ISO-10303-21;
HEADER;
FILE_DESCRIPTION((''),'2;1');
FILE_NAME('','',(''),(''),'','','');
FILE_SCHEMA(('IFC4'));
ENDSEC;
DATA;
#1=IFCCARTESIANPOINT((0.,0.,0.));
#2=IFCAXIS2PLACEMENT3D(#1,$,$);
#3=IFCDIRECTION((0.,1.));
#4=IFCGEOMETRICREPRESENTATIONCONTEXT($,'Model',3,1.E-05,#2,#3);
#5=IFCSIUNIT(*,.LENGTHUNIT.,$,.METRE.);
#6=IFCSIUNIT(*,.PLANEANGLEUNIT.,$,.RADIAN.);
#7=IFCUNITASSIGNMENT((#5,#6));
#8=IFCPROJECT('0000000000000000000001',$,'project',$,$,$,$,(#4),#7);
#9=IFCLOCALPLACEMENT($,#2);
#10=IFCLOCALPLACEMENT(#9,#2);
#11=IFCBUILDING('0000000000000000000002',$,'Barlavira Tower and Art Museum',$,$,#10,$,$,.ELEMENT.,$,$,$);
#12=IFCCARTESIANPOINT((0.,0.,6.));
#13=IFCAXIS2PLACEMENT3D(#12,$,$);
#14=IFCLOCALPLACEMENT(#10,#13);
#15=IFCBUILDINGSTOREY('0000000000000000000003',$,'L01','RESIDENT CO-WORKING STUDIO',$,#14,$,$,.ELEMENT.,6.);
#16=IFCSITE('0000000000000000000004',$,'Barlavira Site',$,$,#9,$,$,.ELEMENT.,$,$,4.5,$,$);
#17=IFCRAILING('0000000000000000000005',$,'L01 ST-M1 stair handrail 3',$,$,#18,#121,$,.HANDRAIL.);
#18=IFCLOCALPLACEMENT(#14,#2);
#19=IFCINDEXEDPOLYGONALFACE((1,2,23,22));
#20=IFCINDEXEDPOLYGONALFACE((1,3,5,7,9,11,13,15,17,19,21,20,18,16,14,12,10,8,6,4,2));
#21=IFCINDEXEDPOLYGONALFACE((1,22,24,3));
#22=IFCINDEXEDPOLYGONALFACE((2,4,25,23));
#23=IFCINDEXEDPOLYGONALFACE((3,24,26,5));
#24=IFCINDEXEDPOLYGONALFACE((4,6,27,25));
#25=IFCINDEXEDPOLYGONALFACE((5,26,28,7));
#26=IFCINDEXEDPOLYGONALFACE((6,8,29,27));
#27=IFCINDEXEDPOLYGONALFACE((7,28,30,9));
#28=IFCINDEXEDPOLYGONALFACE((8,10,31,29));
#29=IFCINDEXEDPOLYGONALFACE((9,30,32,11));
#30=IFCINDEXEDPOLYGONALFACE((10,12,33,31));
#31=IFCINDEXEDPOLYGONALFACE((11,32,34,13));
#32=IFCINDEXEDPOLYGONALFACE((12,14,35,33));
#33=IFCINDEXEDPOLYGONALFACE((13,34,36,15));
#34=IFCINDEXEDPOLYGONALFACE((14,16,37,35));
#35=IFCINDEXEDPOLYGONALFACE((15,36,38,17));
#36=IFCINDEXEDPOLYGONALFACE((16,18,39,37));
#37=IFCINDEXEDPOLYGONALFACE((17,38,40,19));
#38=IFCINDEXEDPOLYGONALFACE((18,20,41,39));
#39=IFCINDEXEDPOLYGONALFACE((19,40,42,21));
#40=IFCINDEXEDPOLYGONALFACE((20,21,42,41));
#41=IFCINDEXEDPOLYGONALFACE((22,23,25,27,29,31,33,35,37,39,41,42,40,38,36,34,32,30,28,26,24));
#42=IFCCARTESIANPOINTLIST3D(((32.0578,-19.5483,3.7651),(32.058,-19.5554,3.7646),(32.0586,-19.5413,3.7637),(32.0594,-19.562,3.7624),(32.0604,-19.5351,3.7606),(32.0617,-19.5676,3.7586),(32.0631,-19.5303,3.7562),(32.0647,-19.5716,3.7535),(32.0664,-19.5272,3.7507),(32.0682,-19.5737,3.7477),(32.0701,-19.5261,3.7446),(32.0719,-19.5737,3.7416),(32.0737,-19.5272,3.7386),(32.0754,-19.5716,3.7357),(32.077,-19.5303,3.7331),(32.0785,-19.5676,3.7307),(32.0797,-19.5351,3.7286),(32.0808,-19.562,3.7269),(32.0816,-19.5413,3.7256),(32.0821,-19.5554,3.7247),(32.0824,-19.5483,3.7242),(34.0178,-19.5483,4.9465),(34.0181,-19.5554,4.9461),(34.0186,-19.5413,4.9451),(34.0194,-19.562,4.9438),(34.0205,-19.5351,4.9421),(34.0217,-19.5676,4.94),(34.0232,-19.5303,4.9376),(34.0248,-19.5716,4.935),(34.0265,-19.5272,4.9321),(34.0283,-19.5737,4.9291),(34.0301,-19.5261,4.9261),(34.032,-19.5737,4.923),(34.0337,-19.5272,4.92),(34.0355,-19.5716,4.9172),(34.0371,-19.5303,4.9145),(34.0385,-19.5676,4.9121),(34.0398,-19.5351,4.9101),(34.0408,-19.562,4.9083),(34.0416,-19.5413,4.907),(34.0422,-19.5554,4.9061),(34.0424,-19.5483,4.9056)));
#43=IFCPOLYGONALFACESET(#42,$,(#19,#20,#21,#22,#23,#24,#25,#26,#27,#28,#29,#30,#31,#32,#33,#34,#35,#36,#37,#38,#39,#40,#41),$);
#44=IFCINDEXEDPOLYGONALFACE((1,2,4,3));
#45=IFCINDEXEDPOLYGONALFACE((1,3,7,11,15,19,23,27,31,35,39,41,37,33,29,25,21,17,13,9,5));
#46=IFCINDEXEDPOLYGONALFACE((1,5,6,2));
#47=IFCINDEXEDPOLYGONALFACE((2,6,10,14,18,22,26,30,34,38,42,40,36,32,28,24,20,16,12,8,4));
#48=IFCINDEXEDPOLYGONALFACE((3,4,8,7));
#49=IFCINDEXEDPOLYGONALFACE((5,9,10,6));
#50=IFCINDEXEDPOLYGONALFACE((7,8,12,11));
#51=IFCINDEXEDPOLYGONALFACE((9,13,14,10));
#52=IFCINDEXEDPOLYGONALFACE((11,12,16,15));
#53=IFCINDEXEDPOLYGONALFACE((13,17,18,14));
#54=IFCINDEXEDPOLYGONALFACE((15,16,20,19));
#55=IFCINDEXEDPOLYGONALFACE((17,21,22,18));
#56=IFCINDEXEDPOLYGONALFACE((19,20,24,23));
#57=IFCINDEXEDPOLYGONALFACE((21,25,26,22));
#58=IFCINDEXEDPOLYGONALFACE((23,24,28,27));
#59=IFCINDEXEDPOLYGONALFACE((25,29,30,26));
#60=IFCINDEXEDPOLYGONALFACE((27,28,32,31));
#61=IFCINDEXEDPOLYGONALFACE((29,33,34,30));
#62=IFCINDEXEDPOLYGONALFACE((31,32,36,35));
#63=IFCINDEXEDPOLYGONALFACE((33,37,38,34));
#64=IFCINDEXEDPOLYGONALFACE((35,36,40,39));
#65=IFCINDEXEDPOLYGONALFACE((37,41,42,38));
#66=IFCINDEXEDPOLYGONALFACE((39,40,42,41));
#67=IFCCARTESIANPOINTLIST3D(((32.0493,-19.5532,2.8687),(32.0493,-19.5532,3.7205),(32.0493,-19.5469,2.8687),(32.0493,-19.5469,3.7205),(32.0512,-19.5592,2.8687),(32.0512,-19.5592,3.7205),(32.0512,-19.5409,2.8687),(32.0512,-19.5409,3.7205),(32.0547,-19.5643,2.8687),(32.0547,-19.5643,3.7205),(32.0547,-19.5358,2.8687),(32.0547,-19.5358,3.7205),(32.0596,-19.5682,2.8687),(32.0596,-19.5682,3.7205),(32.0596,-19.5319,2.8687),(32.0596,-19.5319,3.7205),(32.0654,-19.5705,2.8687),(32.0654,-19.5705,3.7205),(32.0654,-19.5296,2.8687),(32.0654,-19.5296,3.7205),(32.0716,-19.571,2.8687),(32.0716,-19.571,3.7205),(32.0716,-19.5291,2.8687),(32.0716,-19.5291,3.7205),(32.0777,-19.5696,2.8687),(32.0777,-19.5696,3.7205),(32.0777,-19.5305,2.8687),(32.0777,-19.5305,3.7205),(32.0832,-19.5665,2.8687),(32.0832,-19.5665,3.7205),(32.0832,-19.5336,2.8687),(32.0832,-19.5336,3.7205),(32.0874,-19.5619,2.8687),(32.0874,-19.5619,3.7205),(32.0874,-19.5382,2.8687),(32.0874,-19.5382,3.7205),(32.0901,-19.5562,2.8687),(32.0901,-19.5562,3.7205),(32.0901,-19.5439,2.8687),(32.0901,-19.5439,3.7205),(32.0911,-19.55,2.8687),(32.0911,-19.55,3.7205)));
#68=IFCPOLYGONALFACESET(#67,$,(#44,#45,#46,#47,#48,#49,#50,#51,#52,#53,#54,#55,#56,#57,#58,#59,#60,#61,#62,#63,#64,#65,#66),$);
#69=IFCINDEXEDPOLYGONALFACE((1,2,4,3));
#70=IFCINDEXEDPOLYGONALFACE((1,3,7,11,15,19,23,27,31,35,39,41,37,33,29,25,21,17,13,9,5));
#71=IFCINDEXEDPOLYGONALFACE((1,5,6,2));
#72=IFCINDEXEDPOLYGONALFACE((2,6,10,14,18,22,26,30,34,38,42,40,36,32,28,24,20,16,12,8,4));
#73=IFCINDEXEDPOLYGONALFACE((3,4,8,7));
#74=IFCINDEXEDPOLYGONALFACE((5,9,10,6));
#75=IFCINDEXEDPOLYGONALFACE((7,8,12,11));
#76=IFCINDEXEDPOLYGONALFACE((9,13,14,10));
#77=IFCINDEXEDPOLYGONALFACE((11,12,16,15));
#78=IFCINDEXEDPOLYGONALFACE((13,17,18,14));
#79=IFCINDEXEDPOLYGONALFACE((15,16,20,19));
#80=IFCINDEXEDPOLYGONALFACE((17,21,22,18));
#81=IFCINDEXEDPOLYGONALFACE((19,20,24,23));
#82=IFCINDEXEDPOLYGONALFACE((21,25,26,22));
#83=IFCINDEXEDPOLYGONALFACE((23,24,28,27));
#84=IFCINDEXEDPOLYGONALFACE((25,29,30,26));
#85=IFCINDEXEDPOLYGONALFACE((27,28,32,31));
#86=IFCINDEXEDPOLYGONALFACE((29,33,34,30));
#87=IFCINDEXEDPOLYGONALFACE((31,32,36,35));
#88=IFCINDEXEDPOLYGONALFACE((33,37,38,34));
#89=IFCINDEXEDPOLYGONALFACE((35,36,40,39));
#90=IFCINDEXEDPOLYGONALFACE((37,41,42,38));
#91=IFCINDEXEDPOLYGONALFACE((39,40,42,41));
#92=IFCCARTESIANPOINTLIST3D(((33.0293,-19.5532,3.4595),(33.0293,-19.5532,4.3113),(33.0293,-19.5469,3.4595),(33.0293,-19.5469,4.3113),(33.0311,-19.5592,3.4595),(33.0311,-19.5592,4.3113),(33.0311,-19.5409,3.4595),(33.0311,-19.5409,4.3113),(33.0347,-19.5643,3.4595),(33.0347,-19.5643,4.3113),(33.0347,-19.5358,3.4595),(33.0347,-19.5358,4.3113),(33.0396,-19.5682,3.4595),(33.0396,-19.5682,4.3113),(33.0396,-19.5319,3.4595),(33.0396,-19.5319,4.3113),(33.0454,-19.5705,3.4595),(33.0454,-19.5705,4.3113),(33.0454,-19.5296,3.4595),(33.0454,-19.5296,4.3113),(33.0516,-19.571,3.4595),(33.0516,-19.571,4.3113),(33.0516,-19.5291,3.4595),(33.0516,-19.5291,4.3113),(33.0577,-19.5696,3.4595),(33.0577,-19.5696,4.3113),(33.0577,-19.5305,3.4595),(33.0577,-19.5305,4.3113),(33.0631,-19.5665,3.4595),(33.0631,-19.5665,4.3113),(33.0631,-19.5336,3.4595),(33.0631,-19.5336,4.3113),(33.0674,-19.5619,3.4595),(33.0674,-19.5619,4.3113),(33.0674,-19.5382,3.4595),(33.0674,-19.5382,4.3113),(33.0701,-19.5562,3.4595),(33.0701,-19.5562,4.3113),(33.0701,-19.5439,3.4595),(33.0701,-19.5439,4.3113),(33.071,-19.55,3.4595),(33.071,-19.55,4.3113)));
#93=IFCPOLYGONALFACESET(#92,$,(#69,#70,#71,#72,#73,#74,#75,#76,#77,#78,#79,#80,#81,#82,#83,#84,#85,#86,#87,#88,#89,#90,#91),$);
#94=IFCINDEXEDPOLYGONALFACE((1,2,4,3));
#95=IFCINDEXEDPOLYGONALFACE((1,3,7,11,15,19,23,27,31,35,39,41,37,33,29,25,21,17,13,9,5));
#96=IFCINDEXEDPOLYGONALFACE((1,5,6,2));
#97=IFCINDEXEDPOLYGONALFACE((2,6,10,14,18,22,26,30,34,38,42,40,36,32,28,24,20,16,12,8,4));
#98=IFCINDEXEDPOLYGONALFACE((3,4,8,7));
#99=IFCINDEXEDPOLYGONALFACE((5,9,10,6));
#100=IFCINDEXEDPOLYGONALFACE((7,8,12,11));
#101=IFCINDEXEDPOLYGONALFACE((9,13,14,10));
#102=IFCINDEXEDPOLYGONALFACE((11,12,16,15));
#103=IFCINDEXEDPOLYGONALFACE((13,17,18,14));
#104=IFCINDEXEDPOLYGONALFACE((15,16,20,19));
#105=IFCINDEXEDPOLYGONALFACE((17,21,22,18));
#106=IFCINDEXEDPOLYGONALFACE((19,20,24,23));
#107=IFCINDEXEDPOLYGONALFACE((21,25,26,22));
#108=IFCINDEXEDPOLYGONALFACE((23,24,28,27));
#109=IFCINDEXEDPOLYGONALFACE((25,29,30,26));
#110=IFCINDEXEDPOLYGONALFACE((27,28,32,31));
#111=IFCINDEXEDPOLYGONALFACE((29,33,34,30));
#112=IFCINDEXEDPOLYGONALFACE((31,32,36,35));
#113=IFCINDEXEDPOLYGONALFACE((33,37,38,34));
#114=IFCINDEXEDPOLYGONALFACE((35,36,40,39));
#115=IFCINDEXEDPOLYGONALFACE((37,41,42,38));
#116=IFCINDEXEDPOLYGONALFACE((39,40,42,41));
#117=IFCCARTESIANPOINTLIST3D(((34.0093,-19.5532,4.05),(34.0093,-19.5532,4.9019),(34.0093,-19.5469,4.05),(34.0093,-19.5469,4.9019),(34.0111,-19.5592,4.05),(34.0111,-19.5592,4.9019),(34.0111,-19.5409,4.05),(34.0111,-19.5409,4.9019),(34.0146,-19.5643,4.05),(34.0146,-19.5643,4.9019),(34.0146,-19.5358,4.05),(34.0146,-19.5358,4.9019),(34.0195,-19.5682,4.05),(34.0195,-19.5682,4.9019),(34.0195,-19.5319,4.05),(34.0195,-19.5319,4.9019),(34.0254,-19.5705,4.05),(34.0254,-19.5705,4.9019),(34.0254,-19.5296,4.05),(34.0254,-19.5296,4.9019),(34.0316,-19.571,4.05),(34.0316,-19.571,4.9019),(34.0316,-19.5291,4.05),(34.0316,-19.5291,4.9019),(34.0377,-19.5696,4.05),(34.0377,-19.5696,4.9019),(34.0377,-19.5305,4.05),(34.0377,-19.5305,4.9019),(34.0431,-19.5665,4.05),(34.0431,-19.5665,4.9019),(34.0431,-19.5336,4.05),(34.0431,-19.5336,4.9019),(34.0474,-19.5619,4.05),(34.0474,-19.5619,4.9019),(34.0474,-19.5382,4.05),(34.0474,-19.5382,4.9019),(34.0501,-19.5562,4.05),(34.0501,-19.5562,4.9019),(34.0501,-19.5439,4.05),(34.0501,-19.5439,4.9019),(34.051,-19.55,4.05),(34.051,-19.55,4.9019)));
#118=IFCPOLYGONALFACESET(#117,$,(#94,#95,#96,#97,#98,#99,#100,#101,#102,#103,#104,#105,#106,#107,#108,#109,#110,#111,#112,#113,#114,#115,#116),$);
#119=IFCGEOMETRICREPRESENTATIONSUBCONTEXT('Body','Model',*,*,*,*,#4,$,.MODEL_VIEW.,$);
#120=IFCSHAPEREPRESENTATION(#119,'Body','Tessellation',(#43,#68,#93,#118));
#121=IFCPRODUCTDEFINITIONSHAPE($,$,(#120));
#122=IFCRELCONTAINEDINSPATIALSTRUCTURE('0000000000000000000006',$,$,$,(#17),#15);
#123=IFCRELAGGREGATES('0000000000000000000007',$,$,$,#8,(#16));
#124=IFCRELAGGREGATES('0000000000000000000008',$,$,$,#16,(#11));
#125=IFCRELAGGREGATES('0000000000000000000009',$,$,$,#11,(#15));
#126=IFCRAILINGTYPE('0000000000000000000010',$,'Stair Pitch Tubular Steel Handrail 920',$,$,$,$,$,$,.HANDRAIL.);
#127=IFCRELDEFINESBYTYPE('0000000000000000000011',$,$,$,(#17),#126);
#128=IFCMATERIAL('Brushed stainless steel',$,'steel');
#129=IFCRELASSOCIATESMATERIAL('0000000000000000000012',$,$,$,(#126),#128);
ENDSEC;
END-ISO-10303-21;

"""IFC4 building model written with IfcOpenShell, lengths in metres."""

from ifc_helpers import new_model, si_unit, direction, frame, origin, origin_2d, place, context, subcontext, project, spatial, circle, extrude, material, type_object, element, save


model = new_model("IFC4")

# Units and contexts
model_context = context("Model", 3, precision=1e-05, world=origin(), true_north=direction((0.0, 1.0)))
body_context = subcontext(model_context, "Body", "Model", "MODEL_VIEW")
ifc_project = project(units=[si_unit("LENGTHUNIT", "METRE"), si_unit("PLANEANGLEUNIT", "RADIAN")], contexts=[model_context])

# Site, building, storey
site_placement = place(None, origin())
site = spatial("IfcSite", under=ifc_project, at=site_placement, Name="Barlavira Site", CompositionType="ELEMENT", RefElevation=4.5)
building_placement = place(site_placement, origin())
building = spatial("IfcBuilding", under=site, at=building_placement, Name="Barlavira Tower and Art Museum", CompositionType="ELEMENT")
storey_placement = place(building_placement, frame((0.0, 0.0, 6.0)))
storey = spatial("IfcBuildingStorey", under=building, at=storey_placement, Name="L01", Description="RESIDENT CO-WORKING STUDIO", CompositionType="ELEMENT", Elevation=6.0)

# Shared definitions
ifc_material_1 = material(Name="Brushed stainless steel", Category="steel")

# Railing
railing_type_1 = type_object("IfcRailingType", Name="Stair Pitch Tubular Steel Handrail 920", PredefinedType="HANDRAIL", material=ifc_material_1)
railing_1_placement = place(storey_placement, frame((32.0701, -19.55, 2.8687)))
element("IfcRailing", 1, at=railing_1_placement, inside=storey, type_object=railing_type_1, Name="L01 ST-M1 stair handrail 3", PredefinedType="HANDRAIL", context=body_context, shape_type="SweptSolid", body=[
    extrude(circle(Radius=0.0239, at=origin_2d()), frame((0.0, 0.0, 0.876), z_axis=(0.856446, 0.0, 0.516236), x_axis=(0.0, 1.0, 0.0)), (0.0, 0.0, 1.0), 2.2886),
    extrude(circle(Radius=0.021, at=origin_2d()), origin(), (0.0, 0.0, 1.0), 0.8518),
    extrude(circle(Radius=0.021, at=origin_2d()), frame((0.98, 0.0, 0.5908)), (0.0, 0.0, 1.0), 0.8518),
    extrude(circle(Radius=0.021, at=origin_2d()), frame((1.96, 0.0, 1.1814)), (0.0, 0.0, 1.0), 0.8518),
])

save(model, "model.ifc")
